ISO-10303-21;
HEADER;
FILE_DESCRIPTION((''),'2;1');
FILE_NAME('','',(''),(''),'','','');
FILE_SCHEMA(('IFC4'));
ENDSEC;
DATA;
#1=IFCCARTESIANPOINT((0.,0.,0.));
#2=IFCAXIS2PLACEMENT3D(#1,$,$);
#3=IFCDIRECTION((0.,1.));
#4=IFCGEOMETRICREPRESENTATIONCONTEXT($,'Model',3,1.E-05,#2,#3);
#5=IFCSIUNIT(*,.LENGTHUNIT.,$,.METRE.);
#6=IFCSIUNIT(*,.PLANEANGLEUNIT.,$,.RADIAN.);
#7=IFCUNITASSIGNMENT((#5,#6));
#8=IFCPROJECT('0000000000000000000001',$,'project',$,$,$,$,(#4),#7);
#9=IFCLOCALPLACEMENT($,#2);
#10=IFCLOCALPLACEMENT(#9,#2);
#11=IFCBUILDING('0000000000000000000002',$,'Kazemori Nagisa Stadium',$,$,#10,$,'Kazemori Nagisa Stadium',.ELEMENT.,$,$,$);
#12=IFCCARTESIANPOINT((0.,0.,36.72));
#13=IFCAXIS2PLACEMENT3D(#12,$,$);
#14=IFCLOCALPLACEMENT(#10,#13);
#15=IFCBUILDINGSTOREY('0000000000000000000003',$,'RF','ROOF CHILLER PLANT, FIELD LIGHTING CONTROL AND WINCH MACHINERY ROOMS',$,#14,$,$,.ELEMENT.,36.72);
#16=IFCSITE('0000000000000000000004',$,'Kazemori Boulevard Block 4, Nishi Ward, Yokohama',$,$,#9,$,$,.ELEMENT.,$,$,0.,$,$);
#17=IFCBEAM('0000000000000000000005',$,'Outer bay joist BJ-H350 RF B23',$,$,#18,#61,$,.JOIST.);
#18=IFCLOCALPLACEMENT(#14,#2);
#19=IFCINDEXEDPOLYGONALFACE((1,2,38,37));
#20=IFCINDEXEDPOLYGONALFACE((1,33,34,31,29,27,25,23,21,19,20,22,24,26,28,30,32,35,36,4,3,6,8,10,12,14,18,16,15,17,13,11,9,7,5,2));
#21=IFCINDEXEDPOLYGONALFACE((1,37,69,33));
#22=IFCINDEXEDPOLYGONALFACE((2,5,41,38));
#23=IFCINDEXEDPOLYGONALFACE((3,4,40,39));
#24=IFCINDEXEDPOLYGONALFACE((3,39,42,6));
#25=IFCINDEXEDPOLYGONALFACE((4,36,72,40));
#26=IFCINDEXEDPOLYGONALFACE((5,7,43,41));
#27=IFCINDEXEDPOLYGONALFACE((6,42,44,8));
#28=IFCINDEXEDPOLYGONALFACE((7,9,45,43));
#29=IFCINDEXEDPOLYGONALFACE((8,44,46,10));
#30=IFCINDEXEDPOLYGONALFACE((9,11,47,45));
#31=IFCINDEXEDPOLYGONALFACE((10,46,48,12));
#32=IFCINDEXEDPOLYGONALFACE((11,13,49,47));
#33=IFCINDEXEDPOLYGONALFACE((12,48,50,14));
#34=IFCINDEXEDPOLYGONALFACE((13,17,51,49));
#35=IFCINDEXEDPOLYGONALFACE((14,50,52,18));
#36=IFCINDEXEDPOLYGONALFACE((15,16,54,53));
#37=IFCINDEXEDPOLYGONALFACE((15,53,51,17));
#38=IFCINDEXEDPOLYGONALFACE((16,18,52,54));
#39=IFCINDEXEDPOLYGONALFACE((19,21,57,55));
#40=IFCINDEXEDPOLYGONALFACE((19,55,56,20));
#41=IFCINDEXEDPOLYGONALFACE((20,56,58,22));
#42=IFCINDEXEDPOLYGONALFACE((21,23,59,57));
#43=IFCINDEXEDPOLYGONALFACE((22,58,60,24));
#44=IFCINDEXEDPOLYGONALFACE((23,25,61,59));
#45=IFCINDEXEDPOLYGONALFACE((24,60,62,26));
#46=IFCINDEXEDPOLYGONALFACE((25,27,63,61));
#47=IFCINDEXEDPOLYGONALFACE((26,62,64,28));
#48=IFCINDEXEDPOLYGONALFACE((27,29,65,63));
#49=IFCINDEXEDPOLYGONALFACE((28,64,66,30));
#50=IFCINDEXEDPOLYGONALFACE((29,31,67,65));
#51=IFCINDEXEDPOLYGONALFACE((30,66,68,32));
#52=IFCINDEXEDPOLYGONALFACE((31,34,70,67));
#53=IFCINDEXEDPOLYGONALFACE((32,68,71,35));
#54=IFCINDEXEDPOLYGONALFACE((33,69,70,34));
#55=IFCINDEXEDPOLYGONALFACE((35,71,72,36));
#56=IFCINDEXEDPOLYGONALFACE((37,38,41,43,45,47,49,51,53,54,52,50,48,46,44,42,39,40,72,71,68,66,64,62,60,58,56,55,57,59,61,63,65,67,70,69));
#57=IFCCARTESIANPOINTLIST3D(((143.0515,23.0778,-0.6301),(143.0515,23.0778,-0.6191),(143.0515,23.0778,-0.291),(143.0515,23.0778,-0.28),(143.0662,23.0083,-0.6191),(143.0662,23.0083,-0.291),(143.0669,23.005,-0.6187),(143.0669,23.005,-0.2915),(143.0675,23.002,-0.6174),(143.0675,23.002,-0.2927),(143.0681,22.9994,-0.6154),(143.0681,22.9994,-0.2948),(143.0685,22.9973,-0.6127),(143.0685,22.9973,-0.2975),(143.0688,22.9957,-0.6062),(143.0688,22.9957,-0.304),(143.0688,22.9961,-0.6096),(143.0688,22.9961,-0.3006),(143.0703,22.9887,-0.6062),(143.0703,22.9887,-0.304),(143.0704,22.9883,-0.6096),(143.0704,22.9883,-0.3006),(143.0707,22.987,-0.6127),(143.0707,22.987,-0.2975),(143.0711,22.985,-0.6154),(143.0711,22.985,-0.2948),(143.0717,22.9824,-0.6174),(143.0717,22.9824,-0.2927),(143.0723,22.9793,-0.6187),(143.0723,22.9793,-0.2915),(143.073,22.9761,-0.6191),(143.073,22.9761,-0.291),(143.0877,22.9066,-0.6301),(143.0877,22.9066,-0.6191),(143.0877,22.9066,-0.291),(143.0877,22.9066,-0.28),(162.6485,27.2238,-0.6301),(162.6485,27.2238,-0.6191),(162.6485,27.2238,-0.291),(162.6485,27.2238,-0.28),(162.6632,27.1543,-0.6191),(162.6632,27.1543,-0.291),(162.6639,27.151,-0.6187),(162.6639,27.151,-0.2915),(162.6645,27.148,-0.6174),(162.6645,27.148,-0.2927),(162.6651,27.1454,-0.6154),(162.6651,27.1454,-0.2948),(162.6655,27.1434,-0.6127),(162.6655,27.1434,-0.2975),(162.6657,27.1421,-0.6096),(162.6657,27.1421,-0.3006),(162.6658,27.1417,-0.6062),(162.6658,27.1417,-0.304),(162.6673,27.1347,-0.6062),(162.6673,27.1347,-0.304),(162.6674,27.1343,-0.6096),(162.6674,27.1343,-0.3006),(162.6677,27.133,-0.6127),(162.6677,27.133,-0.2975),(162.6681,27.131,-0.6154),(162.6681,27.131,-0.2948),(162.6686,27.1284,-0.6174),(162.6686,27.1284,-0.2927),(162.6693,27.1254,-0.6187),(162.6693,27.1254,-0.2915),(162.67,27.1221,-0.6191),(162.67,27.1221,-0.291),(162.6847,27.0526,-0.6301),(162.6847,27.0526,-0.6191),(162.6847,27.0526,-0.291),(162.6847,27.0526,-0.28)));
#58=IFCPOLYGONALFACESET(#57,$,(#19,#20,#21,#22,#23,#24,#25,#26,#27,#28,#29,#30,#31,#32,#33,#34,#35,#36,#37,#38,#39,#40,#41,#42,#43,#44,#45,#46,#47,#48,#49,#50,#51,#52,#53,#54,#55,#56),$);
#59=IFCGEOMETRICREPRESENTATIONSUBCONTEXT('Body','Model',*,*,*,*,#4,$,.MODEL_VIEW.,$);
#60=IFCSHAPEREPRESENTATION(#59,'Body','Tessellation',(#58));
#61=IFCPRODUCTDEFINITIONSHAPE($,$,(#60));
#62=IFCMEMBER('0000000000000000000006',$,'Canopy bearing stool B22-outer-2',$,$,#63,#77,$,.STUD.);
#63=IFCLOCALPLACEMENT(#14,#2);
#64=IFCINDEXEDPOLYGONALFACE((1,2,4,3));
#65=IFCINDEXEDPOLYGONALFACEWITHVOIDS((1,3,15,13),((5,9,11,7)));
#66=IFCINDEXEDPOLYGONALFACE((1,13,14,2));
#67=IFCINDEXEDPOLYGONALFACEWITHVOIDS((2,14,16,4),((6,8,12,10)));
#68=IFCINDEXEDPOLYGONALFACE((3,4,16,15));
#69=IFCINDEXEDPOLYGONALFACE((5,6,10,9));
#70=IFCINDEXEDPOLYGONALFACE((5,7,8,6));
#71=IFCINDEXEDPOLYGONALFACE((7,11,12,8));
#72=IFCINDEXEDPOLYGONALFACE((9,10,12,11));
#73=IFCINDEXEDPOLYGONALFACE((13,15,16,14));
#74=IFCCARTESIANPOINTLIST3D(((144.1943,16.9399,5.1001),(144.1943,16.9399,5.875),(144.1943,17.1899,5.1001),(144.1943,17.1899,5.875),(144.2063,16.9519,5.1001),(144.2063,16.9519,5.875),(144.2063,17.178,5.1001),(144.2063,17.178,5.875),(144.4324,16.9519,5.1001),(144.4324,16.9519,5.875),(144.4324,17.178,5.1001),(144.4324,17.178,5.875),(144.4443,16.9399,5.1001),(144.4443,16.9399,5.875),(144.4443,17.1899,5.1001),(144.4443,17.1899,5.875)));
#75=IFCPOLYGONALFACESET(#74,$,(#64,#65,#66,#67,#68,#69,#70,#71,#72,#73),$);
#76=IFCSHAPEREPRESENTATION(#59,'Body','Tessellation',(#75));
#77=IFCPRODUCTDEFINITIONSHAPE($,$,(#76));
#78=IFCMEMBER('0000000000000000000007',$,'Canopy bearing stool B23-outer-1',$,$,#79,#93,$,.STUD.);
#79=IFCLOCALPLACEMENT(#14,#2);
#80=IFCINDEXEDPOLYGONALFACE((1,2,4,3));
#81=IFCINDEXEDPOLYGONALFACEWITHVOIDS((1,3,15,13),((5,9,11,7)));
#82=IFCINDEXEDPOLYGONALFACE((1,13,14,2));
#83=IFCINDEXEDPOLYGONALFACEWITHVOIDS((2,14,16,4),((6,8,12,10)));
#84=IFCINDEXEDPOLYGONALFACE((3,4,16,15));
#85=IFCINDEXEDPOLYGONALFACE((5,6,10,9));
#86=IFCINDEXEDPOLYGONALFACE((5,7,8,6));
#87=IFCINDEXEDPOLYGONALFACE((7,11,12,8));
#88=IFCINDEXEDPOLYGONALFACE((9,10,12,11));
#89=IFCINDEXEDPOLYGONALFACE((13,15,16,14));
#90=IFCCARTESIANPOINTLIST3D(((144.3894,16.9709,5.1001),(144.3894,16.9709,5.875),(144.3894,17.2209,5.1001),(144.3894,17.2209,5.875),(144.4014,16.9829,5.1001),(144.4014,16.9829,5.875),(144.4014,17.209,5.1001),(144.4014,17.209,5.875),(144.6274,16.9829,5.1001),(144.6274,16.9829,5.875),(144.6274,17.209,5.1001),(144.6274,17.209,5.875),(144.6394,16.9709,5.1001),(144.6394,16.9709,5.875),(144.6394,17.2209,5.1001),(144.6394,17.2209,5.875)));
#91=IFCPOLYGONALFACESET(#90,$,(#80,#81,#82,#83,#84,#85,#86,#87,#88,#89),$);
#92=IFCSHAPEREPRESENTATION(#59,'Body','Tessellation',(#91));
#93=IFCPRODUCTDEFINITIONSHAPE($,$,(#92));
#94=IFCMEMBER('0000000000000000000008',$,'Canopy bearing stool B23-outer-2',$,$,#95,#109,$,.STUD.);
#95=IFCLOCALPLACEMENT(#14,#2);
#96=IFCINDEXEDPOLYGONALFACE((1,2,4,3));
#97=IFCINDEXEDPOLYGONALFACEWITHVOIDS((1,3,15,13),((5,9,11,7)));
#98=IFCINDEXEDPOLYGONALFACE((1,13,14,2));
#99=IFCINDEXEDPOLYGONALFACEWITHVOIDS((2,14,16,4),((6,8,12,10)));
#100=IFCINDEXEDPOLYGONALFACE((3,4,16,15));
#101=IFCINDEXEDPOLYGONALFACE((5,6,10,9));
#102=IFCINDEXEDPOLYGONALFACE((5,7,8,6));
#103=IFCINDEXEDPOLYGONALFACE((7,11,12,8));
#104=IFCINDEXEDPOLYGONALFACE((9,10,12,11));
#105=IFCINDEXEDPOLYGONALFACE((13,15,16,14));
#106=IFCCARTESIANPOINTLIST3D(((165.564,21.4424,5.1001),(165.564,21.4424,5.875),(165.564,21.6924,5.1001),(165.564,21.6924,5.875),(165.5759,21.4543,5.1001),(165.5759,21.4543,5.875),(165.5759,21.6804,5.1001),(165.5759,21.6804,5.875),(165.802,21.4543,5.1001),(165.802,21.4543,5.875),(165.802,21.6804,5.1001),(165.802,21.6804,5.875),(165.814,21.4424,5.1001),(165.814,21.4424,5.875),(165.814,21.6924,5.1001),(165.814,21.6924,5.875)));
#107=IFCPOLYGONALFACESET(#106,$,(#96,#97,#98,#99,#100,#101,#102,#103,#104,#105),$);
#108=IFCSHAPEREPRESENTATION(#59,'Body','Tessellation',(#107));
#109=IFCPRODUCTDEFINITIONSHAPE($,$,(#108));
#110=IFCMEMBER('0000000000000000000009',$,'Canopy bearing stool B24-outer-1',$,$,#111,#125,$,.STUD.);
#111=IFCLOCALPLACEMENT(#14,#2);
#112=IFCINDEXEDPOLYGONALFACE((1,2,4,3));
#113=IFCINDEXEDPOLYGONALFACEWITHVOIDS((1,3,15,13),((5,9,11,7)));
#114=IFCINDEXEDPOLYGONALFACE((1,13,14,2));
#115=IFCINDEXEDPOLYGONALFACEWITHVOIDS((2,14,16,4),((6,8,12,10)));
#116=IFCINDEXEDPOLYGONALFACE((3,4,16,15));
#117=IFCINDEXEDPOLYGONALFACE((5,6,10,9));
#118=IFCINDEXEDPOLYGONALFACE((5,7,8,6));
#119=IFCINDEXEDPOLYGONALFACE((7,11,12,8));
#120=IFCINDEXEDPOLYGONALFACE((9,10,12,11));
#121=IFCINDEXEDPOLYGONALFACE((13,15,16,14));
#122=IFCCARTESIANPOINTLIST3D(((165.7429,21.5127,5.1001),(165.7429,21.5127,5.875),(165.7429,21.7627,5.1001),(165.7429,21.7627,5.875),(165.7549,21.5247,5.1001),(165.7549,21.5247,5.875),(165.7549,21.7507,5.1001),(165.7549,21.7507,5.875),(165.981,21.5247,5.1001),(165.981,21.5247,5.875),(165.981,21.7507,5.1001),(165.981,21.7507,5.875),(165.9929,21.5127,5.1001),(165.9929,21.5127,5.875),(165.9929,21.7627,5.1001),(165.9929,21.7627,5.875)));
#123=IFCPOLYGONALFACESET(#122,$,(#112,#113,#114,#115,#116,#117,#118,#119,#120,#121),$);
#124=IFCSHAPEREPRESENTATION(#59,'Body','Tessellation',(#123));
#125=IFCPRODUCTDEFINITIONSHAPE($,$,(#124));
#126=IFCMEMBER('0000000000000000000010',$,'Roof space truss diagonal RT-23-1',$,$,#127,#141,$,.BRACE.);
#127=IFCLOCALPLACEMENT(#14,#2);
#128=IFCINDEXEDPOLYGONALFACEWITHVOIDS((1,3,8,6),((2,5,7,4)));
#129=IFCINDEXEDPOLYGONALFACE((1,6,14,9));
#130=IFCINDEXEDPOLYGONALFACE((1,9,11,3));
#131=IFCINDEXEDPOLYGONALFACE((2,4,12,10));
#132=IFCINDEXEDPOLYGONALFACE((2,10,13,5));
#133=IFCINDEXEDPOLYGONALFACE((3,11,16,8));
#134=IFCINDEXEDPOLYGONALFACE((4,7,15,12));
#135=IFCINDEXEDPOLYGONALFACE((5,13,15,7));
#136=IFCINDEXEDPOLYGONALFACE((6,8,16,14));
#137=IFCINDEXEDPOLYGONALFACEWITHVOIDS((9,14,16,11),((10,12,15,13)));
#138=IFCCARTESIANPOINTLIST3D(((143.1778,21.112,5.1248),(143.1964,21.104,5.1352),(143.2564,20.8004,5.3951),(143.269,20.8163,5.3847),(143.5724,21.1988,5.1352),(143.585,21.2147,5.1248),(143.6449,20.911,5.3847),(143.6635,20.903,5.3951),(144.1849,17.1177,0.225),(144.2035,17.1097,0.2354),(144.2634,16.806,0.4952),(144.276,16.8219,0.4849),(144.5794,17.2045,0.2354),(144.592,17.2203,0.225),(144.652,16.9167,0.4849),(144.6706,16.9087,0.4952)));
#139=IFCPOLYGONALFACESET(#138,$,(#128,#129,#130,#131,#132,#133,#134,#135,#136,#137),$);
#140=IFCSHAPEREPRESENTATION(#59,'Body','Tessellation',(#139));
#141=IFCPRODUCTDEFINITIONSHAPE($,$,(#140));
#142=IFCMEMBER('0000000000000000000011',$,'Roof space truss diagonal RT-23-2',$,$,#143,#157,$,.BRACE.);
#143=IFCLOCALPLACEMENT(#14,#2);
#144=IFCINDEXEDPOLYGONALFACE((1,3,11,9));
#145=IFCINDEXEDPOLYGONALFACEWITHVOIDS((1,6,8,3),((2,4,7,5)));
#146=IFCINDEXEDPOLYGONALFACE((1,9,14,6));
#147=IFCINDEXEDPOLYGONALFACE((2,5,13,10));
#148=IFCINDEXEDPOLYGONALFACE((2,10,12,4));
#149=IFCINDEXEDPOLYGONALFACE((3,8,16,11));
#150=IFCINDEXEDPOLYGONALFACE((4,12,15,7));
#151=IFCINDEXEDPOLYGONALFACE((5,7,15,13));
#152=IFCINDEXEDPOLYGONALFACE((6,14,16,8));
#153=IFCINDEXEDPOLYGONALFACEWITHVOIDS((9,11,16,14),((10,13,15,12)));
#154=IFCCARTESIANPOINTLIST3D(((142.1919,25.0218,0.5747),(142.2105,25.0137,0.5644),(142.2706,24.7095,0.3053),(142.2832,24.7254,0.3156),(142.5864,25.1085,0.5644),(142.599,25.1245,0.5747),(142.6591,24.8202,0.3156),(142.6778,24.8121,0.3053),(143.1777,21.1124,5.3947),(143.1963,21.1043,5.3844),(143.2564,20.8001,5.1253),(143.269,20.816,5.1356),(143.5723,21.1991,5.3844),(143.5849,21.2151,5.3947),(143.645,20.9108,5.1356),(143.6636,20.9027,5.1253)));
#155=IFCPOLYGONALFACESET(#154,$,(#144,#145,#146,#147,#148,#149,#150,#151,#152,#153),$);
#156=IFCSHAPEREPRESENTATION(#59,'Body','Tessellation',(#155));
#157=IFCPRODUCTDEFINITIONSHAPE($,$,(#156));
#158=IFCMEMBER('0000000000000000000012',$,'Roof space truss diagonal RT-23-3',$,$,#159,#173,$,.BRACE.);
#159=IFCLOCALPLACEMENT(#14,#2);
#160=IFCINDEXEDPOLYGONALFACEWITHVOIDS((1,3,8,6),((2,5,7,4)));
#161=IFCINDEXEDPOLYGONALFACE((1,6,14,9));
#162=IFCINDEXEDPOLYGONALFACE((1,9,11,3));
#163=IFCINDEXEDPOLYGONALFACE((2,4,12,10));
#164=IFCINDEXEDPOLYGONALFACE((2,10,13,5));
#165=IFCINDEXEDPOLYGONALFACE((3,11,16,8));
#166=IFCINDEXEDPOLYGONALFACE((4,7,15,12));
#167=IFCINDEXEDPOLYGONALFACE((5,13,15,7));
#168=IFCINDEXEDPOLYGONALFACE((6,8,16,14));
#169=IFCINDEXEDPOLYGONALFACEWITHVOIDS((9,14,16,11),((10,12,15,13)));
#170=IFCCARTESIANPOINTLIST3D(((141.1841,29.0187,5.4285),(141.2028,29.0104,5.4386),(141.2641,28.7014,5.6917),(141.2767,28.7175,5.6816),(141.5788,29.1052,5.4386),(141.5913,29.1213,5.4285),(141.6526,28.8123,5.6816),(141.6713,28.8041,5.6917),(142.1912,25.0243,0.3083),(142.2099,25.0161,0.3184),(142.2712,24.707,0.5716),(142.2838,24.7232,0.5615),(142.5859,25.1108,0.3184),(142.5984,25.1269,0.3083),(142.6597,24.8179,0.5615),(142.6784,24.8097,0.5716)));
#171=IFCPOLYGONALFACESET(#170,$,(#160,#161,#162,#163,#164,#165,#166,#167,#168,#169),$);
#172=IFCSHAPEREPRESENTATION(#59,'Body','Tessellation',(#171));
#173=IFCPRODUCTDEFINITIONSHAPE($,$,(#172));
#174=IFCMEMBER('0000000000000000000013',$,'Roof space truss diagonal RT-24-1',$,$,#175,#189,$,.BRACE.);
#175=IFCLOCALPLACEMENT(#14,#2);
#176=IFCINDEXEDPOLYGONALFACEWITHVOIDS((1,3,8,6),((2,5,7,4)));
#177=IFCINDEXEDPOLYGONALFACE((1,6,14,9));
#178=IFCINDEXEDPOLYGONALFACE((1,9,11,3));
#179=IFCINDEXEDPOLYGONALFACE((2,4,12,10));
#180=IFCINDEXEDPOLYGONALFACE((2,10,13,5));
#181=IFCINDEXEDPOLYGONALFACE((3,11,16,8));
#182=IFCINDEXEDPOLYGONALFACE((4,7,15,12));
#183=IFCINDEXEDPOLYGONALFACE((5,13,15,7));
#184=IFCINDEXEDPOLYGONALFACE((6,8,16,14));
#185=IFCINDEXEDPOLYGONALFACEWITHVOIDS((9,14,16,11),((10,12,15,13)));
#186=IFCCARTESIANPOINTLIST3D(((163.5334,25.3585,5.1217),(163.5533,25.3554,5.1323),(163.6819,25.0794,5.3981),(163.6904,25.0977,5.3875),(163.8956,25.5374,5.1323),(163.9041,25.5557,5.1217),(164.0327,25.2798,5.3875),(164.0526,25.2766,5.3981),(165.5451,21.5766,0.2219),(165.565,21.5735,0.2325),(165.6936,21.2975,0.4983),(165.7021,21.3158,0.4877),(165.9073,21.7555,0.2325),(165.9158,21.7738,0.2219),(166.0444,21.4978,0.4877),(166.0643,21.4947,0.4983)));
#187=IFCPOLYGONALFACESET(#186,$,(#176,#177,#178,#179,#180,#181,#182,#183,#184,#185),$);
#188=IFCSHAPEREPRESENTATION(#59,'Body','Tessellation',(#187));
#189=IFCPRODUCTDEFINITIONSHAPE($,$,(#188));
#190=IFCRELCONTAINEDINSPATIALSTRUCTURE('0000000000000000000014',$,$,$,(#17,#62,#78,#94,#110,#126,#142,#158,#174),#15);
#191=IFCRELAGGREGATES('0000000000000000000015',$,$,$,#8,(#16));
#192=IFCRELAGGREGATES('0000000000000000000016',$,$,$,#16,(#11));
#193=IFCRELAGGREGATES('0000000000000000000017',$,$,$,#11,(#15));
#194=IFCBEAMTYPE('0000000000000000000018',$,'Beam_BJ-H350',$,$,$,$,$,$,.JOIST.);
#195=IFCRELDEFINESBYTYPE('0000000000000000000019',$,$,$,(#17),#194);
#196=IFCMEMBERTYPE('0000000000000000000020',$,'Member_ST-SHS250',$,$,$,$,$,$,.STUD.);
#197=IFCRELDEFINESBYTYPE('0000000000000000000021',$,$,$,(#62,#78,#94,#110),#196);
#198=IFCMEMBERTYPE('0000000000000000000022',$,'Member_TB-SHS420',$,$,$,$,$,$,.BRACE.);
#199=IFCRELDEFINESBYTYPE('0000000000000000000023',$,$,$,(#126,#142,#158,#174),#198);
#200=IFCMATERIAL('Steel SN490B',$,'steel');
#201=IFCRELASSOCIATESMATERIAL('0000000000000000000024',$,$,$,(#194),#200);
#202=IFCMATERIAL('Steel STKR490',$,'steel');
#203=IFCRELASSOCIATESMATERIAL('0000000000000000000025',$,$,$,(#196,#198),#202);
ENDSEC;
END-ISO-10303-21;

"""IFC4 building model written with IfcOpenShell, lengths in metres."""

from ifc_helpers import new_model, si_unit, direction, frame, origin, origin_2d, place, context, subcontext, project, spatial, hollow_rectangle, i_section, extrude, material, material_profile, profile_set, type_object, element, save


model = new_model("IFC4")

# Units and contexts
model_context = context("Model", 3, precision=1e-05, world=origin(), true_north=direction((0.0, 1.0)))
body_context = subcontext(model_context, "Body", "Model", "MODEL_VIEW")
ifc_project = project(units=[si_unit("LENGTHUNIT", "METRE"), si_unit("PLANEANGLEUNIT", "RADIAN")], contexts=[model_context])

# Site, building, storey
site_placement = place(None, origin())
site = spatial("IfcSite", under=ifc_project, at=site_placement, Name="Kazemori Boulevard Block 4, Nishi Ward, Yokohama", CompositionType="ELEMENT", RefElevation=0.0)
building_placement = place(site_placement, origin())
building = spatial("IfcBuilding", under=site, at=building_placement, Name="Kazemori Nagisa Stadium", LongName="Kazemori Nagisa Stadium", CompositionType="ELEMENT")
storey_placement = place(building_placement, frame((0.0, 0.0, 36.72)))
storey = spatial("IfcBuildingStorey", under=building, at=storey_placement, Name="RF", Description="ROOF CHILLER PLANT, FIELD LIGHTING CONTROL AND WINCH MACHINERY ROOMS", CompositionType="ELEMENT", Elevation=36.72)

# Shared definitions
ifc_material_1 = material(Name="Steel SN490B", Category="steel")

# Beam
ifc_material_profile_1 = material_profile(ifc_material_1, i_section(OverallWidth=0.175, OverallDepth=0.3501, WebThickness=0.0071, FlangeThickness=0.011, FilletRadius=0.0129, at=origin_2d()), Name="H-350x175x7x11")
ifc_profile_set_1 = profile_set([ifc_material_profile_1], Name="Steel SN490B")
beam_type_1 = type_object("IfcBeamType", Name="Beam_BJ-H350", PredefinedType="JOIST", material=ifc_profile_set_1)
beam_1_placement = place(storey_placement, frame((143.0696, 22.9922, -0.4551), z_axis=(0.978345, 0.206982, 0.0), x_axis=(-0.206982, 0.978345, 0.0)))
element("IfcBeam", 1, at=beam_1_placement, inside=storey, type_object=beam_type_1, Name="Outer bay joist BJ-H350 RF B23", PredefinedType="JOIST", context=body_context, shape_type="SweptSolid", body=[
    extrude(i_section(OverallWidth=0.175, OverallDepth=0.3501, WebThickness=0.0071, FlangeThickness=0.011, FilletRadius=0.0129, at=origin_2d()), origin(), (0.0, 0.0, 1.0), 20.0308),
])

# Members
ifc_material_2 = material(Name="Steel STKR490", Category="steel")
ifc_material_profile_2 = material_profile(ifc_material_2, hollow_rectangle(XDim=0.25, YDim=0.25, WallThickness=0.012, at=origin_2d()), Name="SHS-250x250x12")
ifc_profile_set_2 = profile_set([ifc_material_profile_2], Name="Steel STKR490")
member_type_1 = type_object("IfcMemberType", Name="Member_ST-SHS250", PredefinedType="STUD", material=ifc_profile_set_2)
for number, where, z_axis, x_axis, name in (
    (2, (144.3193, 17.0649, 5.1001), (0.0, 0.0, 1.0), (1.0, 0.0, 0.0), "Canopy bearing stool B22-outer-2"),
    (3, (144.5144, 17.0959, 5.1001), (0.0, 0.0, 1.0), (1.0, 0.0, 0.0), "Canopy bearing stool B23-outer-1"),
    (4, (165.689, 21.5674, 5.1001), (0.0, 0.0, 1.0), (1.0, 0.0, 0.0), "Canopy bearing stool B23-outer-2"),
    (5, (165.8679, 21.6377, 5.1001), (0.0, 0.0, 1.0), (1.0, 0.0, 0.0), "Canopy bearing stool B24-outer-1"),
):
    element("IfcMember", number, at=place(storey_placement, frame(where, z_axis=z_axis, x_axis=x_axis)), inside=storey, type_object=member_type_1, Name=name, PredefinedType="STUD", context=body_context, shape_type="SweptSolid", body=[
        extrude(hollow_rectangle(XDim=0.25, YDim=0.25, WallThickness=0.012, at=origin_2d()), origin(), (0.0, 0.0, 1.0), 0.7749),
    ])
ifc_material_profile_3 = material_profile(ifc_material_2, hollow_rectangle(XDim=0.4199, YDim=0.4199, WallThickness=0.0161, at=origin_2d()), Name="SHS-420x420x16")
ifc_profile_set_3 = profile_set([ifc_material_profile_3], Name="Steel STKR490")
member_type_2 = type_object("IfcMemberType", Name="Member_TB-SHS420", PredefinedType="BRACE", material=ifc_profile_set_3)
member_1_placement = place(storey_placement, frame((144.4277, 17.0132, 0.3601), z_axis=(-0.157321, 0.623983, 0.765438), x_axis=(-0.969656, -0.244473, 0.0)))
element("IfcMember", 6, at=member_1_placement, inside=storey, type_object=member_type_2, Name="Roof space truss diagonal RT-23-1", PredefinedType="BRACE", context=body_context, shape_type="SweptSolid", body=[
    extrude(hollow_rectangle(XDim=0.4199, YDim=0.4199, WallThickness=0.0161, at=origin_2d()), origin(), (0.0, 0.0, 1.0), 6.4014),
])
member_2_placement = place(storey_placement, frame((143.4207, 21.0076, 5.26), z_axis=(-0.156881, 0.622124, -0.767039), x_axis=(-0.969645, -0.244516, 0.0)))
element("IfcMember", 7, at=member_2_placement, inside=storey, type_object=member_type_2, Name="Roof space truss diagonal RT-23-2", PredefinedType="BRACE", context=body_context, shape_type="SweptSolid", body=[
    extrude(hollow_rectangle(XDim=0.4199, YDim=0.4199, WallThickness=0.0161, at=origin_2d()), origin(), (0.0, 0.0, 1.0), 6.2839),
])
member_3_placement = place(storey_placement, frame((142.4348, 24.917, 0.4399), z_axis=(-0.153249, 0.607832, 0.779137), x_axis=(-0.969656, -0.244473, 0.0)))
element("IfcMember", 8, at=member_3_placement, inside=storey, type_object=member_type_2, Name="Roof space truss diagonal RT-23-3", PredefinedType="BRACE", context=body_context, shape_type="SweptSolid", body=[
    extrude(hollow_rectangle(XDim=0.4199, YDim=0.4199, WallThickness=0.0161, at=origin_2d()), origin(), (0.0, 0.0, 1.0), 6.5715),
])
member_4_placement = place(storey_placement, frame((165.8047, 21.5356, 0.3601), z_axis=(-0.309095, 0.581091, 0.752857), x_axis=(-0.88287, -0.469618, 0.0)))
element("IfcMember", 9, at=member_4_placement, inside=storey, type_object=member_type_2, Name="Roof space truss diagonal RT-24-1", PredefinedType="BRACE", context=body_context, shape_type="SweptSolid", body=[
    extrude(hollow_rectangle(XDim=0.4199, YDim=0.4199, WallThickness=0.0161, at=origin_2d()), origin(), (0.0, 0.0, 1.0), 6.5083),
])

save(model, "model.ifc")
